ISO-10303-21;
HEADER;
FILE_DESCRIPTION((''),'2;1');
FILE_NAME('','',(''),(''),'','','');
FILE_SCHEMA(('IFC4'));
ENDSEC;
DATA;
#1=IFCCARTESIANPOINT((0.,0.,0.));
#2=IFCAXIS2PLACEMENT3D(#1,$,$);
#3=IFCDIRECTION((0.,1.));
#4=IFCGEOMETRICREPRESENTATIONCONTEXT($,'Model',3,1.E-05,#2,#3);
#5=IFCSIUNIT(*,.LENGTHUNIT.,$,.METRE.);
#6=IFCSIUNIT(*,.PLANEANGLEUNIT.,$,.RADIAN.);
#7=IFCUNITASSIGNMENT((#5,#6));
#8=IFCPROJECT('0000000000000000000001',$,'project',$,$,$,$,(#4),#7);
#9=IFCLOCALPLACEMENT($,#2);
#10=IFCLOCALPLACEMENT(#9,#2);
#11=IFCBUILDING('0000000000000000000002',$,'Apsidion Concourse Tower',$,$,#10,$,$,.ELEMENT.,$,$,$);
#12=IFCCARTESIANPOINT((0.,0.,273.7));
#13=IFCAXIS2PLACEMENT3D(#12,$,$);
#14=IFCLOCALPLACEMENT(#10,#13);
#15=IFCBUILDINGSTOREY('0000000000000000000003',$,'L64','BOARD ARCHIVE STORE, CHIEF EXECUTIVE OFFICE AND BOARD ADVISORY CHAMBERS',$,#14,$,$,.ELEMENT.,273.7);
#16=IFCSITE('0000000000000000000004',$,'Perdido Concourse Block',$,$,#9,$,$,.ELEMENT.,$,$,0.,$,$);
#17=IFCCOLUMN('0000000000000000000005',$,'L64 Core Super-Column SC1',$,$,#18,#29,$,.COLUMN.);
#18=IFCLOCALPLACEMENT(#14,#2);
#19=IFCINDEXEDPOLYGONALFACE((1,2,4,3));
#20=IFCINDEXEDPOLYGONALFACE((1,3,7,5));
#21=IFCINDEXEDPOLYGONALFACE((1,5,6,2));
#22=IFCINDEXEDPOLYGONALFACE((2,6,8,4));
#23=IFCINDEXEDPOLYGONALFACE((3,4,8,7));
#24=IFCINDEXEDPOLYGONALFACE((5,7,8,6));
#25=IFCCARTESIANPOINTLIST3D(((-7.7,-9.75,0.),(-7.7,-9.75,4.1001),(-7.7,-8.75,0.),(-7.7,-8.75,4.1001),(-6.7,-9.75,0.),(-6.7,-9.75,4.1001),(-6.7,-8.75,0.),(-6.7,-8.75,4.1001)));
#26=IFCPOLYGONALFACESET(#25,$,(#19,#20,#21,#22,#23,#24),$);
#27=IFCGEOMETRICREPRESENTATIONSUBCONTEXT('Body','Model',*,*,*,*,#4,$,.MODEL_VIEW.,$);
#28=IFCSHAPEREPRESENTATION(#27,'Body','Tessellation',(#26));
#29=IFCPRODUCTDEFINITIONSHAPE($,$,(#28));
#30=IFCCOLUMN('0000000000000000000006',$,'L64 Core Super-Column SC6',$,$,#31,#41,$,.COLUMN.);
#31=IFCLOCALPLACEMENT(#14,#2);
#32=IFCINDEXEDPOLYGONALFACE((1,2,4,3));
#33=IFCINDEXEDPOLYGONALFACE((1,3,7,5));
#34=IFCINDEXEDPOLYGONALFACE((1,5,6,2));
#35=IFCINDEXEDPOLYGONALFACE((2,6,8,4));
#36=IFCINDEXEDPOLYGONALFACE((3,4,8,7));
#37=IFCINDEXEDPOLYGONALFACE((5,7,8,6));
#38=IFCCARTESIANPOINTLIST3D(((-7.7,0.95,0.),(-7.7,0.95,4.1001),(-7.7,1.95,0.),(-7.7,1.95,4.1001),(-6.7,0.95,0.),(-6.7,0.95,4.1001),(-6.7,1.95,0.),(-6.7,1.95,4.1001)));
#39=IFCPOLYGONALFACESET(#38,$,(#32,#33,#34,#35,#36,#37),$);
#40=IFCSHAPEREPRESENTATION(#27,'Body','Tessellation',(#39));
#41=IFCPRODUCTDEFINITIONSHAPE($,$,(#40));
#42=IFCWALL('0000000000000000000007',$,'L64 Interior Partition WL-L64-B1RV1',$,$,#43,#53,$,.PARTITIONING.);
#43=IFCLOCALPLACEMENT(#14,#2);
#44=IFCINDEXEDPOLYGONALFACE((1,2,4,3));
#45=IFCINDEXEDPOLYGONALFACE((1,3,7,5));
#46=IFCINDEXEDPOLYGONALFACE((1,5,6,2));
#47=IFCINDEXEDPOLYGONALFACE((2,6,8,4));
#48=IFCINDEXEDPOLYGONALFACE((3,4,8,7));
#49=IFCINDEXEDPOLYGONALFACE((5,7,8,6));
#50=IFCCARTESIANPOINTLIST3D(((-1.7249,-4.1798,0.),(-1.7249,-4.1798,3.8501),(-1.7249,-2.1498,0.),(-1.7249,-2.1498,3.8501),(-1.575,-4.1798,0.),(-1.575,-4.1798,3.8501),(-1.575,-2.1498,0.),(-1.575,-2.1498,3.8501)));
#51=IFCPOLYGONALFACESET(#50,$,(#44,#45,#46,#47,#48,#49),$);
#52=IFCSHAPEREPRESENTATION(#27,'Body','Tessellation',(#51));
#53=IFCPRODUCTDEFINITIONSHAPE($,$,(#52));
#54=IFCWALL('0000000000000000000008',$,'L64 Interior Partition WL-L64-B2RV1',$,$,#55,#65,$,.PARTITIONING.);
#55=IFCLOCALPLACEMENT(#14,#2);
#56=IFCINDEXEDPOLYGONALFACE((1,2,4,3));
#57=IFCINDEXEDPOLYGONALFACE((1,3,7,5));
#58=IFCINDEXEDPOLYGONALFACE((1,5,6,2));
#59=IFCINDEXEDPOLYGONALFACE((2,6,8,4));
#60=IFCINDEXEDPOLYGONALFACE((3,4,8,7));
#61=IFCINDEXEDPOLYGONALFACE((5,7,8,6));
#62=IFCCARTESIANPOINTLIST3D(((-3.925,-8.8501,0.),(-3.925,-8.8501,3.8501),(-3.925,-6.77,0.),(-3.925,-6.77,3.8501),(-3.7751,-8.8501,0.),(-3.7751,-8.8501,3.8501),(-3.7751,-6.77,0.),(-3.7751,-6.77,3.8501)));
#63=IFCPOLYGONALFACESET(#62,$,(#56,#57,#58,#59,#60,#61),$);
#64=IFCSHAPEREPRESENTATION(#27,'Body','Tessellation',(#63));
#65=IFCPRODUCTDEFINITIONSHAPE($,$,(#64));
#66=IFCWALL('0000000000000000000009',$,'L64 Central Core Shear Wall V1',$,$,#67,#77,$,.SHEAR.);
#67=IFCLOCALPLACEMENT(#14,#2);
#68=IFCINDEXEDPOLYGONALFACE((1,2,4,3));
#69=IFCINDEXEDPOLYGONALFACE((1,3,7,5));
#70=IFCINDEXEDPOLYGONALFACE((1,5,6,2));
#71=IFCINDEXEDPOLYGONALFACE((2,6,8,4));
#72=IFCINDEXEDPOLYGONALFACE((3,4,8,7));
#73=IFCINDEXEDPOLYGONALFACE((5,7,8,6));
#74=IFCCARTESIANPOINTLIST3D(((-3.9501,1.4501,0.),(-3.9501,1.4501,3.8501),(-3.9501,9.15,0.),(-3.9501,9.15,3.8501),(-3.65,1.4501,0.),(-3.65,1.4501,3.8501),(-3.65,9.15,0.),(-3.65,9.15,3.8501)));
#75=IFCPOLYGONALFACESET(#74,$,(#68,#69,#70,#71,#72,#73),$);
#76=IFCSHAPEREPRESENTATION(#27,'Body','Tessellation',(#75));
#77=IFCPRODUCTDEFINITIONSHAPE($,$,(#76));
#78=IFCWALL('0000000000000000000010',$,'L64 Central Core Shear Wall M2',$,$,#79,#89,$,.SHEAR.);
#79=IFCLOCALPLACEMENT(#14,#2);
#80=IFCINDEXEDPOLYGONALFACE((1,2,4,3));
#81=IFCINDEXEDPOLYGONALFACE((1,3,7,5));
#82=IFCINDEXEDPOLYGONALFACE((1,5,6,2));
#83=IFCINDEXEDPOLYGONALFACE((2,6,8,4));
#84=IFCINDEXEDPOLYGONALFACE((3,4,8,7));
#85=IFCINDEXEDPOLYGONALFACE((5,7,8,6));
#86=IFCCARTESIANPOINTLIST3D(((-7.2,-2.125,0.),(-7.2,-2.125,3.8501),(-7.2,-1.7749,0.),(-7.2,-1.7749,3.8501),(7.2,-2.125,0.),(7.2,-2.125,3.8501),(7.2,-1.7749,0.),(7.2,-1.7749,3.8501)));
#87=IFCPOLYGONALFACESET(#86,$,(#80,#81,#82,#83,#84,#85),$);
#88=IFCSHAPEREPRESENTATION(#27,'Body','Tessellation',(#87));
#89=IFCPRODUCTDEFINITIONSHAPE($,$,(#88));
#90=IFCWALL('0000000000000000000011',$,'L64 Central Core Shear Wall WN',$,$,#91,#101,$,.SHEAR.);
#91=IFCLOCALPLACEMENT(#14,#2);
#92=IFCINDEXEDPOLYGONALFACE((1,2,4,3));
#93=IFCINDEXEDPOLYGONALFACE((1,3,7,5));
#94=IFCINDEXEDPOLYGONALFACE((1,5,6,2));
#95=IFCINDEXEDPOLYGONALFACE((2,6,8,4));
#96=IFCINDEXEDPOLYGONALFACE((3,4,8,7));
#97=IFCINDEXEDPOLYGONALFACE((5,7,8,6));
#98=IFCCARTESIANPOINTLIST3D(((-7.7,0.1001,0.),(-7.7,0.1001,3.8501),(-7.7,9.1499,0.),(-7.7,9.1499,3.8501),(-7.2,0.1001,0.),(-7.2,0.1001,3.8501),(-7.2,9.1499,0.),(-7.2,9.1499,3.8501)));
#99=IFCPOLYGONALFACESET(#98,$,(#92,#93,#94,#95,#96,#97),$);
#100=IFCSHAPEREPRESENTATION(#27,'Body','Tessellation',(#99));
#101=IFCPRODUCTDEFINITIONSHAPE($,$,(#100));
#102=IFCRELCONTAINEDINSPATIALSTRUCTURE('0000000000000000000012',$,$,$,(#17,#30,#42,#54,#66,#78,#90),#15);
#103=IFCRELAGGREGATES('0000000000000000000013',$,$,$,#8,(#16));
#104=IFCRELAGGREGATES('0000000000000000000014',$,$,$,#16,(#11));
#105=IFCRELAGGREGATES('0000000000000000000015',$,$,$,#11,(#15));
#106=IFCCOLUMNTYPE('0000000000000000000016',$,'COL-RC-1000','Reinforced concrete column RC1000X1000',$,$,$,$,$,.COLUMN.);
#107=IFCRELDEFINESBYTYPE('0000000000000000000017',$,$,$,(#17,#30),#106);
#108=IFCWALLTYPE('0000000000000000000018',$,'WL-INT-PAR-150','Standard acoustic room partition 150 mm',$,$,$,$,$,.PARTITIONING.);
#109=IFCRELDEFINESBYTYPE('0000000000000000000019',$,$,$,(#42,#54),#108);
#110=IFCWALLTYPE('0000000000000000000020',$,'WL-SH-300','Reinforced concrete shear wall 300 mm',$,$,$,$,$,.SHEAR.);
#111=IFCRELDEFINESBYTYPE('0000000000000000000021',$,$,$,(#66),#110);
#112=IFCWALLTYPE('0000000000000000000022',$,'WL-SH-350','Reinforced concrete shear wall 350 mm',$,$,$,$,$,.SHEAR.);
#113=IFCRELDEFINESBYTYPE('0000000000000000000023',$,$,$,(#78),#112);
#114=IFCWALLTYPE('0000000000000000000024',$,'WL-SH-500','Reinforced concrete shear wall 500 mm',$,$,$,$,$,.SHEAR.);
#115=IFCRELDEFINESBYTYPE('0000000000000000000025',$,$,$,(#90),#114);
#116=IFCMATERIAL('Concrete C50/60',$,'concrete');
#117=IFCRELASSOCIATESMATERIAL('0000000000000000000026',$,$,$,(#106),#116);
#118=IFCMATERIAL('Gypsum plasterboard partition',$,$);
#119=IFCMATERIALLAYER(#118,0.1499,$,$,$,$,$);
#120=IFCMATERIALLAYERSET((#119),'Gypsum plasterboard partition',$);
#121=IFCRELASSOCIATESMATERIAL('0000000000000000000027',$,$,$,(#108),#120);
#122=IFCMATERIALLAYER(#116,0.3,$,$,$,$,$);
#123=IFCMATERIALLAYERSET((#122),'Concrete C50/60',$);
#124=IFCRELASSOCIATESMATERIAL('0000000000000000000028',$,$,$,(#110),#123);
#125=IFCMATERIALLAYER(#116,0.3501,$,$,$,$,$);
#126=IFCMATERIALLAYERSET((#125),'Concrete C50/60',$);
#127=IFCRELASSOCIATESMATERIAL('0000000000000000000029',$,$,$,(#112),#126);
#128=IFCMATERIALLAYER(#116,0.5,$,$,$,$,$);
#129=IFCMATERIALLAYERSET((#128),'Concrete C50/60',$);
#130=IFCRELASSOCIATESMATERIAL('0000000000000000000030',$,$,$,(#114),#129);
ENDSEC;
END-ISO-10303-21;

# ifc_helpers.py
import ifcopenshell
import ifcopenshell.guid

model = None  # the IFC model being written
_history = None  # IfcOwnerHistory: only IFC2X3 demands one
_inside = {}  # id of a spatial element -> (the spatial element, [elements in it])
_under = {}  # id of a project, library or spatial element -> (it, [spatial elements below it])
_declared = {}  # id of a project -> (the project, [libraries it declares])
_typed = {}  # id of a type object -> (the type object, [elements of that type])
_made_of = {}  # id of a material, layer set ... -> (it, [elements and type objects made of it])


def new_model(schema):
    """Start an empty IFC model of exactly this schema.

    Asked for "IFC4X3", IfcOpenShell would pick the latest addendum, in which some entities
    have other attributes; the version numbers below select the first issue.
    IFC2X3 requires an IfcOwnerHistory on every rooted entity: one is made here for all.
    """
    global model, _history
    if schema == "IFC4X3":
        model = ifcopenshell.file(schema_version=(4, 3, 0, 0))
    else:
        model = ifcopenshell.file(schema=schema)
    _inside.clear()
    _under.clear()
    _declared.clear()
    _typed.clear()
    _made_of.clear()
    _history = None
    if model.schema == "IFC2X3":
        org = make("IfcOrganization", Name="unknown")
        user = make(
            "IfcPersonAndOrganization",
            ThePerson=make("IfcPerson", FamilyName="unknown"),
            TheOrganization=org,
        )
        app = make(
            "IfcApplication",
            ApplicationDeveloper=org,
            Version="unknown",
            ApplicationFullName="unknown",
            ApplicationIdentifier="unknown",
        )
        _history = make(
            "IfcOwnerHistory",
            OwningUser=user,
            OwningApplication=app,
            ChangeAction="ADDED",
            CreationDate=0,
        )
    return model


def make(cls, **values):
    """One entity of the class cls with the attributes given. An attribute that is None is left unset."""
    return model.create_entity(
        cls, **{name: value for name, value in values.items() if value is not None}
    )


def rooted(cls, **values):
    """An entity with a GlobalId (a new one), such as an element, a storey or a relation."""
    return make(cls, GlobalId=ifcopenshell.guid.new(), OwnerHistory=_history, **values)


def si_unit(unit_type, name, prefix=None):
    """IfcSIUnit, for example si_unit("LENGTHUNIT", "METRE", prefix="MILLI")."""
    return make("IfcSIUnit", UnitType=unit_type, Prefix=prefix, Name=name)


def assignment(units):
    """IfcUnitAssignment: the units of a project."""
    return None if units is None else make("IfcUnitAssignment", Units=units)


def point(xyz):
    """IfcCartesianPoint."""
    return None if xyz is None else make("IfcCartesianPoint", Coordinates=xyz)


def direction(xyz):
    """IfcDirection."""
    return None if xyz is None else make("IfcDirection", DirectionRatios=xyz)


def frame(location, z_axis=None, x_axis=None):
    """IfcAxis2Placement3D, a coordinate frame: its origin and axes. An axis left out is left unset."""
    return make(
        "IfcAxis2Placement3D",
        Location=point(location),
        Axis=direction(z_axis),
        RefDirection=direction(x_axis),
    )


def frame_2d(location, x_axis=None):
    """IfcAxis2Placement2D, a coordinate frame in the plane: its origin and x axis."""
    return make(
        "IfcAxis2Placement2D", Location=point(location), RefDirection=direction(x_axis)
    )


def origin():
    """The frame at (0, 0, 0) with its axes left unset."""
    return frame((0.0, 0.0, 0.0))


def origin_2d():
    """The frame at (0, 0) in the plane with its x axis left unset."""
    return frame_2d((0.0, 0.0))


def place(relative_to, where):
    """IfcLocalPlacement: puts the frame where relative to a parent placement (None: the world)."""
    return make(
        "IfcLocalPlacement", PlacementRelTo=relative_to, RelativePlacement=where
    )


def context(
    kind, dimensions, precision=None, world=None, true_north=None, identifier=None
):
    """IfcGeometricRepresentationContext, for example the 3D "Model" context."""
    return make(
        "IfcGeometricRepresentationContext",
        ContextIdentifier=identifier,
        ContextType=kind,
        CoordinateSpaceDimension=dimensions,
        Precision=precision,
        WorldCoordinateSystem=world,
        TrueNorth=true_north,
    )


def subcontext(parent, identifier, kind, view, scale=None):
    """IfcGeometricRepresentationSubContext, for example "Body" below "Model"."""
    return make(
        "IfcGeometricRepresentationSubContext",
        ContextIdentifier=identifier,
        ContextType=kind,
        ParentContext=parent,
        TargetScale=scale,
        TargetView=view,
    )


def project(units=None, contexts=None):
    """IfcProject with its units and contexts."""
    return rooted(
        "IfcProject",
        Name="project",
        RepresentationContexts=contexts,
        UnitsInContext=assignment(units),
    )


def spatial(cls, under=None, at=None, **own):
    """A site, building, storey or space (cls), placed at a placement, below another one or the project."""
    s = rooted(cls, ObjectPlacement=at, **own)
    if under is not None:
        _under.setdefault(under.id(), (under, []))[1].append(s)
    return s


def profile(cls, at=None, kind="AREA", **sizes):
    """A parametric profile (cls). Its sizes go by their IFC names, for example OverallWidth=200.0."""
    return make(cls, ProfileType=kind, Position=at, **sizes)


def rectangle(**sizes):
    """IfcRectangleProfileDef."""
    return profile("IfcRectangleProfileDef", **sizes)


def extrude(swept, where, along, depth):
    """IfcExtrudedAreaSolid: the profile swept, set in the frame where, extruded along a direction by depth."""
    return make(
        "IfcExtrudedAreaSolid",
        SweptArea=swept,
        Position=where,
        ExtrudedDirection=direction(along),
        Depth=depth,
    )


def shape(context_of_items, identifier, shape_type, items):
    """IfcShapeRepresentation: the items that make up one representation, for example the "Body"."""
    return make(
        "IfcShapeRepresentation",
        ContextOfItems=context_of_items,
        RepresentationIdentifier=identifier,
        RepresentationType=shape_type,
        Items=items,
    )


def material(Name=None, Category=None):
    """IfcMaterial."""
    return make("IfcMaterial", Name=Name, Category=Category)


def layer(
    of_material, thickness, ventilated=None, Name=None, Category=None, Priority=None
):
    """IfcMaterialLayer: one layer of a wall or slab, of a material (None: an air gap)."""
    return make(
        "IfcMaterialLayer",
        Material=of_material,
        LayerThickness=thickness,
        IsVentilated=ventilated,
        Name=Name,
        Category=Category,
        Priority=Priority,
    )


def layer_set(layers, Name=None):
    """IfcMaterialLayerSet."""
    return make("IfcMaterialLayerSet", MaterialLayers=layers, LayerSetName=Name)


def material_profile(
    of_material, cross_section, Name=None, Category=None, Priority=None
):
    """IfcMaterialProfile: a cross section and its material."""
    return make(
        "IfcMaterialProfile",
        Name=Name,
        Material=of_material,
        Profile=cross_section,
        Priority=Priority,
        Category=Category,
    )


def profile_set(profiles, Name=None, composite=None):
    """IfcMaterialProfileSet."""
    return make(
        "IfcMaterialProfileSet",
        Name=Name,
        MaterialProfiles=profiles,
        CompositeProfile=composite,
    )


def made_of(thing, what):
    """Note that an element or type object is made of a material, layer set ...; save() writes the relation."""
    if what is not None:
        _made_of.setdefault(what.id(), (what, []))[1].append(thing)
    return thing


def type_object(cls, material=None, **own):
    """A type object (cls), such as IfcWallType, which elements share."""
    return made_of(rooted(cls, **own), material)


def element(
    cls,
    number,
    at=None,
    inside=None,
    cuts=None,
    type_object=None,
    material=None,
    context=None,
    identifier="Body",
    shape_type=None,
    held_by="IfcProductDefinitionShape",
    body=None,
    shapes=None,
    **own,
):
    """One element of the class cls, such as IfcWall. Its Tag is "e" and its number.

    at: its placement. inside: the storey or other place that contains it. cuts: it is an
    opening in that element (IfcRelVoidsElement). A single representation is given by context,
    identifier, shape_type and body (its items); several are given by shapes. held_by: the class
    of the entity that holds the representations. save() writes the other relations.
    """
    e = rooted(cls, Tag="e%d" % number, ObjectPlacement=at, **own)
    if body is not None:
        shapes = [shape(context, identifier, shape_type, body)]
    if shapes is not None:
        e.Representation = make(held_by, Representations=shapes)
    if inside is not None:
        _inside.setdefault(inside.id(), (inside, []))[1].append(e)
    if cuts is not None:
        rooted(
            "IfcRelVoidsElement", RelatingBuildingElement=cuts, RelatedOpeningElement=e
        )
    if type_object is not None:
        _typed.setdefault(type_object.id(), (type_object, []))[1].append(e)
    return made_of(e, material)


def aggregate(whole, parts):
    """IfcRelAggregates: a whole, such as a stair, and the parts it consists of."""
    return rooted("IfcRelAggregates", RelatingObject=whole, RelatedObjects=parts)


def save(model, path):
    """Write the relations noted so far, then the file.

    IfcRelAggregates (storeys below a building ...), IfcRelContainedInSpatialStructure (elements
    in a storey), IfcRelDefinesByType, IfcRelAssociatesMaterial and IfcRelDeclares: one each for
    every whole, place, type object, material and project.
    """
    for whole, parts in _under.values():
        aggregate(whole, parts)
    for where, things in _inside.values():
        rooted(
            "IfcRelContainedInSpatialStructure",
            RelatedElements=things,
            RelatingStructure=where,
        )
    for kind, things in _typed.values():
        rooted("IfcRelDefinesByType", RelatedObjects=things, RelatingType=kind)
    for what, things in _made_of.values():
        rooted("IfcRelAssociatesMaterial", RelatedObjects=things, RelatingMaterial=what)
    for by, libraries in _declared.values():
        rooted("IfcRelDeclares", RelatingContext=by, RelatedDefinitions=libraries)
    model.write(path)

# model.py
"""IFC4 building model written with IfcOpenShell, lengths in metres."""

from ifc_helpers import new_model, si_unit, direction, frame, frame_2d, origin, origin_2d, place, context, subcontext, project, spatial, rectangle, extrude, material, layer, layer_set, material_profile, profile_set, type_object, element, save


model = new_model("IFC4")

# Units and contexts
model_context = context("Model", 3, precision=1e-05, world=origin(), true_north=direction((0.0, 1.0)))
body_context = subcontext(model_context, "Body", "Model", "MODEL_VIEW")
ifc_project = project(units=[si_unit("LENGTHUNIT", "METRE"), si_unit("PLANEANGLEUNIT", "RADIAN")], contexts=[model_context])

# Site, building, storey
site_placement = place(None, origin())
site = spatial("IfcSite", under=ifc_project, at=site_placement, Name="Perdido Concourse Block", CompositionType="ELEMENT", RefElevation=0.0)
building_placement = place(site_placement, origin())
building = spatial("IfcBuilding", under=site, at=building_placement, Name="Apsidion Concourse Tower", CompositionType="ELEMENT")
storey_placement = place(building_placement, frame((0.0, 0.0, 273.7)))
storey = spatial("IfcBuildingStorey", under=building, at=storey_placement, Name="L64", Description="BOARD ARCHIVE STORE, CHIEF EXECUTIVE OFFICE AND BOARD ADVISORY CHAMBERS", CompositionType="ELEMENT", Elevation=273.7)

# Columns
ifc_material_1 = material(Name="Concrete C50/60", Category="concrete")
ifc_material_profile = material_profile(ifc_material_1, rectangle(XDim=1.0, YDim=1.0, at=origin_2d()), Name="RC 1000x1000")
ifc_profile_set = profile_set([ifc_material_profile], Name="Concrete C50/60")
column_type = type_object("IfcColumnType", Name="COL-RC-1000", Description="Reinforced concrete column RC1000X1000", PredefinedType="COLUMN", material=ifc_profile_set)
for number, where, z_axis, x_axis, name in (
    (1, (-7.2, -9.25, 0.0), (0.0, 0.0, 1.0), (1.0, 0.0, 0.0), "L64 Core Super-Column SC1"),
    (2, (-7.2, 1.45, 0.0), (0.0, 0.0, 1.0), (1.0, 0.0, 0.0), "L64 Core Super-Column SC6"),
):
    element("IfcColumn", number, at=place(storey_placement, frame(where, z_axis=z_axis, x_axis=x_axis)), inside=storey, type_object=column_type, Name=name, PredefinedType="COLUMN", context=body_context, shape_type="SweptSolid", body=[
        extrude(rectangle(XDim=1.0, YDim=1.0, at=origin_2d()), origin(), (0.0, 0.0, 1.0), 4.1001),
    ])

# Walls
ifc_material_2 = material(Name="Gypsum plasterboard partition")
ifc_layer_1 = layer(ifc_material_2, 0.1499)
ifc_layer_set_1 = layer_set([ifc_layer_1], Name="Gypsum plasterboard partition")
wall_type_1 = type_object("IfcWallType", Name="WL-INT-PAR-150", Description="Standard acoustic room partition 150 mm", PredefinedType="PARTITIONING", material=ifc_layer_set_1)
wall_1_placement = place(storey_placement, frame((-1.6499, -4.1799, 0.0), z_axis=(0.0, 0.0, 1.0), x_axis=(0.0, 1.0, 0.0)))
element("IfcWall", 3, at=wall_1_placement, inside=storey, type_object=wall_type_1, Name="L64 Interior Partition WL-L64-B1RV1", PredefinedType="PARTITIONING", context=body_context, shape_type="SweptSolid", body=[
    extrude(rectangle(XDim=2.03, YDim=0.1499, at=frame_2d((1.0151, 0.0))), origin(), (0.0, 0.0, 1.0), 3.8501),
])
wall_2_placement = place(storey_placement, frame((-3.8501, -8.8501, 0.0), z_axis=(0.0, 0.0, 1.0), x_axis=(0.0, 1.0, 0.0)))
element("IfcWall", 4, at=wall_2_placement, inside=storey, type_object=wall_type_1, Name="L64 Interior Partition WL-L64-B2RV1", PredefinedType="PARTITIONING", context=body_context, shape_type="SweptSolid", body=[
    extrude(rectangle(XDim=2.0801, YDim=0.1499, at=frame_2d((1.04, 0.0))), origin(), (0.0, 0.0, 1.0), 3.8501),
])

# Wall
ifc_layer_2 = layer(ifc_material_1, 0.3)
ifc_layer_set_2 = layer_set([ifc_layer_2], Name="Concrete C50/60")
wall_type_2 = type_object("IfcWallType", Name="WL-SH-300", Description="Reinforced concrete shear wall 300 mm", PredefinedType="SHEAR", material=ifc_layer_set_2)
wall_3_placement = place(storey_placement, frame((-3.8, 1.45, 0.0), z_axis=(0.0, 0.0, 1.0), x_axis=(0.0, 1.0, 0.0)))
element("IfcWall", 5, at=wall_3_placement, inside=storey, type_object=wall_type_2, Name="L64 Central Core Shear Wall V1", PredefinedType="SHEAR", context=body_context, shape_type="SweptSolid", body=[
    extrude(rectangle(XDim=7.7, YDim=0.3, at=frame_2d((3.8501, 0.0))), origin(), (0.0, 0.0, 1.0), 3.8501),
])

# Shared definitions
ifc_layer_3 = layer(ifc_material_1, 0.3501)
ifc_layer_set_3 = layer_set([ifc_layer_3], Name="Concrete C50/60")
wall_type_3 = type_object("IfcWallType", Name="WL-SH-350", Description="Reinforced concrete shear wall 350 mm", PredefinedType="SHEAR", material=ifc_layer_set_3)

# Wall
wall_4_placement = place(storey_placement, frame((-7.2, -1.95, 0.0), z_axis=(0.0, 0.0, 1.0), x_axis=(1.0, 0.0, 0.0)))
element("IfcWall", 6, at=wall_4_placement, inside=storey, type_object=wall_type_3, Name="L64 Central Core Shear Wall M2", PredefinedType="SHEAR", context=body_context, shape_type="SweptSolid", body=[
    extrude(rectangle(XDim=14.3999, YDim=0.3501, at=frame_2d((7.2, 0.0))), origin(), (0.0, 0.0, 1.0), 3.8501),
])

# Wall
ifc_layer_4 = layer(ifc_material_1, 0.5)
ifc_layer_set_4 = layer_set([ifc_layer_4], Name="Concrete C50/60")
wall_type_4 = type_object("IfcWallType", Name="WL-SH-500", Description="Reinforced concrete shear wall 500 mm", PredefinedType="SHEAR", material=ifc_layer_set_4)
wall_5_placement = place(storey_placement, frame((-7.45, 0.1001, 0.0), z_axis=(0.0, 0.0, 1.0), x_axis=(0.0, 1.0, 0.0)))
element("IfcWall", 7, at=wall_5_placement, inside=storey, type_object=wall_type_4, Name="L64 Central Core Shear Wall WN", PredefinedType="SHEAR", context=body_context, shape_type="SweptSolid", body=[
    extrude(rectangle(XDim=9.0498, YDim=0.5, at=frame_2d((4.5249, 0.0))), origin(), (0.0, 0.0, 1.0), 3.8501),
])

save(model, "model.ifc")
